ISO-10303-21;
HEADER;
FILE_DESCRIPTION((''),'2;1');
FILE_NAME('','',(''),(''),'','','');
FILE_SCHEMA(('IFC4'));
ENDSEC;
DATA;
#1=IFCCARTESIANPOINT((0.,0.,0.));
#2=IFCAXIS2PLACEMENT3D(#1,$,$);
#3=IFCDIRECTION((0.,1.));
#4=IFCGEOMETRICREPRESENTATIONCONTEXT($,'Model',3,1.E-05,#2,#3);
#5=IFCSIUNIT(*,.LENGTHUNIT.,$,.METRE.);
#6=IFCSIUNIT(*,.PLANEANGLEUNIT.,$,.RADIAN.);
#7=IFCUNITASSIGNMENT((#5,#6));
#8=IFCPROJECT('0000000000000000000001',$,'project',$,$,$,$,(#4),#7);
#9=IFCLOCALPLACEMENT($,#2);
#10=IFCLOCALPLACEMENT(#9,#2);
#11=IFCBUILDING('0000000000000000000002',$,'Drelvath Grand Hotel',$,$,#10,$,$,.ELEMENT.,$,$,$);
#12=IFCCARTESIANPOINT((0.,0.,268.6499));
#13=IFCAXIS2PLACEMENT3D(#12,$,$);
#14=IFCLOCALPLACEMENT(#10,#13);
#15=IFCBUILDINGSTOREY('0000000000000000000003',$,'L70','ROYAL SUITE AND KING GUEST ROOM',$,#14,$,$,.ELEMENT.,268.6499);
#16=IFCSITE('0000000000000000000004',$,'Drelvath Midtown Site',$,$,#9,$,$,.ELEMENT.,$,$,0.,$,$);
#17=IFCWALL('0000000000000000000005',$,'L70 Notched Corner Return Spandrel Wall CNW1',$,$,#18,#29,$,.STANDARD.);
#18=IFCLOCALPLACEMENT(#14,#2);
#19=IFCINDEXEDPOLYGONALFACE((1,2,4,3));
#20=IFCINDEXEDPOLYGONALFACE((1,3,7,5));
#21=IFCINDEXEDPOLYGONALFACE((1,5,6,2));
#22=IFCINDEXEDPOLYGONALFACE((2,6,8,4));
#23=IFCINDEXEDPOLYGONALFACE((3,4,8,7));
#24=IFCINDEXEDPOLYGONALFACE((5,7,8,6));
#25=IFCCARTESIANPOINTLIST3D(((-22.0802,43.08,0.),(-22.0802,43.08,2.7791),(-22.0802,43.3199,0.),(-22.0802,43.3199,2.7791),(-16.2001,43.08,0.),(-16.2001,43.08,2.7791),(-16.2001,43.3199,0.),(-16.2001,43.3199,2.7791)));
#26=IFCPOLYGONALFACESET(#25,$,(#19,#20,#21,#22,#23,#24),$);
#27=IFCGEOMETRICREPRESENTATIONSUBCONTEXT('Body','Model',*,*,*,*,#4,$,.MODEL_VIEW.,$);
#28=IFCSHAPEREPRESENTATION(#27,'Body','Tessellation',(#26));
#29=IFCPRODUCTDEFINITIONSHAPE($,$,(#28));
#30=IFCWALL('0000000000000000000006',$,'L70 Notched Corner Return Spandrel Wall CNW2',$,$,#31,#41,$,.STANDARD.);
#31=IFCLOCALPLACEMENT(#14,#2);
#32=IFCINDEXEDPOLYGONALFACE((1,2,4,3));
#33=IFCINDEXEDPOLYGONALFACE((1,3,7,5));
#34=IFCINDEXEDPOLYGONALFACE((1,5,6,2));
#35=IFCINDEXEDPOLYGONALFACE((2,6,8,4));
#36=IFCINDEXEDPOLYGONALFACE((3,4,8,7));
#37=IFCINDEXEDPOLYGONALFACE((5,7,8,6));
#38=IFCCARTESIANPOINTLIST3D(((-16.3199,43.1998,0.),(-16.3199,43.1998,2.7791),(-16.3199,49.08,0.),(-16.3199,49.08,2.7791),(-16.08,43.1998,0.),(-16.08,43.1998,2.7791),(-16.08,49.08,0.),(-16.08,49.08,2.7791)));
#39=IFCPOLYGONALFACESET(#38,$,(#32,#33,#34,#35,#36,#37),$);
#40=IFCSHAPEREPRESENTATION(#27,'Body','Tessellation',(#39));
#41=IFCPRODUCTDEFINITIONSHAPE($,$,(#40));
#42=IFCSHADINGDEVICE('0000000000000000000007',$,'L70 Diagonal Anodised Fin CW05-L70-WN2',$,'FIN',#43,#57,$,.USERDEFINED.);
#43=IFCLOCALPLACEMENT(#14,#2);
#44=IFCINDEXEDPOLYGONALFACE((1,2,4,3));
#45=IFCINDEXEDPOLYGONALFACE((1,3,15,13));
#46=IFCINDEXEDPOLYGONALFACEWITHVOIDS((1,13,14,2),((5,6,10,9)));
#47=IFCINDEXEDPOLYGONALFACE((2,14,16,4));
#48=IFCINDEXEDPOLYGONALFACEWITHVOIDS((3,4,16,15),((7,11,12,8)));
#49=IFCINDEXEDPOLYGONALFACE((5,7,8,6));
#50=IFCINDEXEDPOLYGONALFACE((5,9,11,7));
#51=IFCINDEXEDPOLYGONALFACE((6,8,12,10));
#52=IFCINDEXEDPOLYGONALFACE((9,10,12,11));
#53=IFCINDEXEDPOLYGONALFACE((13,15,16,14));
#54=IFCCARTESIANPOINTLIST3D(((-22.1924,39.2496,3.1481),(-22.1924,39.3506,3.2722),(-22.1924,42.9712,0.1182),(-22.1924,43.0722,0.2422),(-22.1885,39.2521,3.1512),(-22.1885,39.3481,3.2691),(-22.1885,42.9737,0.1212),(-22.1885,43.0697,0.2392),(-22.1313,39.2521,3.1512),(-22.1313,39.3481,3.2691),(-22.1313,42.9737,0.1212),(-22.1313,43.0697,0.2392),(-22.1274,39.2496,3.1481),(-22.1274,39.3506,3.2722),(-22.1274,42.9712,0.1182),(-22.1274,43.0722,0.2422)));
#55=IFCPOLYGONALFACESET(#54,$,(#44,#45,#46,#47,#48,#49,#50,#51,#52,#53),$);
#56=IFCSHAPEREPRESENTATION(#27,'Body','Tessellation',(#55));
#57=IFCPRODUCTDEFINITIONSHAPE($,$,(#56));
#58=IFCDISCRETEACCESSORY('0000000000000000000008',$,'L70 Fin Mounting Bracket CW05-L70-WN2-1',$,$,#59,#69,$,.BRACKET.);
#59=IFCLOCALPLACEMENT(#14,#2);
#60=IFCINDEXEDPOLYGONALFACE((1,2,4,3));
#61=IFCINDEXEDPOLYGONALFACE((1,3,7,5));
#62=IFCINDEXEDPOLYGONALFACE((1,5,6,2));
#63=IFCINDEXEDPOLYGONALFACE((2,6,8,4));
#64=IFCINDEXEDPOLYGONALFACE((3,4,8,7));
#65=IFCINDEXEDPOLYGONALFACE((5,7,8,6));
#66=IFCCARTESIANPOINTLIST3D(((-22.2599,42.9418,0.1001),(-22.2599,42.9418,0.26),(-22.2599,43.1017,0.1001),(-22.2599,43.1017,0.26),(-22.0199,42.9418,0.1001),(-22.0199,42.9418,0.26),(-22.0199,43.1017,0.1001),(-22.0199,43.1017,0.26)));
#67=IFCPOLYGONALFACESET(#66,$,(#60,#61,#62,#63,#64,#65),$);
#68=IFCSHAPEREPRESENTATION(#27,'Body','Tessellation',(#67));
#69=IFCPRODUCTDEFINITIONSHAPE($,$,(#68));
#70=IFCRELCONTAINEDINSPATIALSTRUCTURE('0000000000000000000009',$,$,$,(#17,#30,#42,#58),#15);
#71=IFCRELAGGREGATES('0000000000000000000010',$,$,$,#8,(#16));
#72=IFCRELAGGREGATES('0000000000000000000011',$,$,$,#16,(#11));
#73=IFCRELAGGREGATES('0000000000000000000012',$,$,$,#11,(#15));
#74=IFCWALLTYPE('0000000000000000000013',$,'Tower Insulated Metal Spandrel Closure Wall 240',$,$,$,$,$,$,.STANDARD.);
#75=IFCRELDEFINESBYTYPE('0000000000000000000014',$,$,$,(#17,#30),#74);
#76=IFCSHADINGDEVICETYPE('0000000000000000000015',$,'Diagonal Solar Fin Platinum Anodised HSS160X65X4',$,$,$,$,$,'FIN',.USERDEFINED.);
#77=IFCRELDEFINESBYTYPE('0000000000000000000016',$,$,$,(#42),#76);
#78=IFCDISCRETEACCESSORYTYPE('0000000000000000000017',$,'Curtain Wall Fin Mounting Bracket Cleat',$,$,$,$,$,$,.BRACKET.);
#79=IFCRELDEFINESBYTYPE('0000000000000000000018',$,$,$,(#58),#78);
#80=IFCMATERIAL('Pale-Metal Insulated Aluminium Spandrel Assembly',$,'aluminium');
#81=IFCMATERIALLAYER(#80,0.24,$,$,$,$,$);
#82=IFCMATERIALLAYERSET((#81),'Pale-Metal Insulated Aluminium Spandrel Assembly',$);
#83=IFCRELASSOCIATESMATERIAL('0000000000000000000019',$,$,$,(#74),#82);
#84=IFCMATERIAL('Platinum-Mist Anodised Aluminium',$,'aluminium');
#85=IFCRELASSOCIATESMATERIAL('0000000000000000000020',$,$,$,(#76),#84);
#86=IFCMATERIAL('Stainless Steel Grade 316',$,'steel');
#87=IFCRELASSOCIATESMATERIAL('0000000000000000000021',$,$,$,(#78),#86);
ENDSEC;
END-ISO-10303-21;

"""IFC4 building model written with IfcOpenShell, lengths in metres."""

from ifc_helpers import new_model, si_unit, direction, frame, frame_2d, origin, origin_2d, place, context, subcontext, project, spatial, rectangle, hollow_rectangle, extrude, material, layer, layer_set, material_profile, profile_set, type_object, element, save


model = new_model("IFC4")

# Units and contexts
model_context = context("Model", 3, precision=1e-05, world=origin(), true_north=direction((0.0, 1.0)))
body_context = subcontext(model_context, "Body", "Model", "MODEL_VIEW")
ifc_project = project(units=[si_unit("LENGTHUNIT", "METRE"), si_unit("PLANEANGLEUNIT", "RADIAN")], contexts=[model_context])

# Site, building, storey
site_placement = place(None, origin())
site = spatial("IfcSite", under=ifc_project, at=site_placement, Name="Drelvath Midtown Site", CompositionType="ELEMENT", RefElevation=0.0)
building_placement = place(site_placement, origin())
building = spatial("IfcBuilding", under=site, at=building_placement, Name="Drelvath Grand Hotel", CompositionType="ELEMENT")
storey_placement = place(building_placement, frame((0.0, 0.0, 268.6499)))
storey = spatial("IfcBuildingStorey", under=building, at=storey_placement, Name="L70", Description="ROYAL SUITE AND KING GUEST ROOM", CompositionType="ELEMENT", Elevation=268.6499)

# Walls
ifc_material_1 = material(Name="Pale-Metal Insulated Aluminium Spandrel Assembly", Category="aluminium")
ifc_layer_1 = layer(ifc_material_1, 0.24)
ifc_layer_set_1 = layer_set([ifc_layer_1], Name="Pale-Metal Insulated Aluminium Spandrel Assembly")
wall_type_1 = type_object("IfcWallType", Name="Tower Insulated Metal Spandrel Closure Wall 240", PredefinedType="STANDARD", material=ifc_layer_set_1)
for number, where, z_axis, x_axis, name in (
    (1, (-22.0801, 43.2, 0.0), (0.0, 0.0, 1.0), (1.0, 0.0, 0.0), "L70 Notched Corner Return Spandrel Wall CNW1"),
    (2, (-16.2, 43.2, 0.0), (0.0, 0.0, 1.0), (0.0, 1.0, 0.0), "L70 Notched Corner Return Spandrel Wall CNW2"),
):
    element("IfcWall", number, at=place(storey_placement, frame(where, z_axis=z_axis, x_axis=x_axis)), inside=storey, type_object=wall_type_1, Name=name, PredefinedType="STANDARD", context=body_context, shape_type="SweptSolid", body=[
        extrude(rectangle(XDim=5.8801, YDim=0.24, at=frame_2d((2.9399, 0.0))), origin(), (0.0, 0.0, 1.0), 2.7791),
    ])

# Shading device
ifc_material_2 = material(Name="Platinum-Mist Anodised Aluminium", Category="aluminium")
ifc_material_profile_1 = material_profile(ifc_material_2, hollow_rectangle(XDim=0.0649, YDim=0.1599, WallThickness=0.0039, at=origin_2d()), Name="HSS160X65X4")
ifc_profile_set_1 = profile_set([ifc_material_profile_1], Name="Platinum-Mist Anodised Aluminium")
shading_device_type = type_object("IfcShadingDeviceType", Name="Diagonal Solar Fin Platinum Anodised HSS160X65X4", ElementType="FIN", PredefinedType="USERDEFINED", material=ifc_profile_set_1)
shading_device_placement = place(storey_placement, frame((-22.1599, 43.0217, 0.1802), z_axis=(0.0, -0.775485, 0.631366), x_axis=(1.0, 0.0, 0.0)))
element("IfcShadingDevice", 3, at=shading_device_placement, inside=storey, type_object=shading_device_type, Name="L70 Diagonal Anodised Fin CW05-L70-WN2", ObjectType="FIN", PredefinedType="USERDEFINED", context=body_context, shape_type="SweptSolid", body=[
    extrude(hollow_rectangle(XDim=0.0649, YDim=0.1599, WallThickness=0.0039, at=origin_2d()), origin(), (0.0, 0.0, 1.0), 4.7991),
])

# Discrete accessory
ifc_material_3 = material(Name="Stainless Steel Grade 316", Category="steel")
discrete_accessory_type = type_object("IfcDiscreteAccessoryType", Name="Curtain Wall Fin Mounting Bracket Cleat", PredefinedType="BRACKET", material=ifc_material_3)
discrete_accessory_placement = place(storey_placement, frame((-22.1399, 43.0217, 0.1001), z_axis=(0.0, 0.0, 1.0), x_axis=(0.0, 1.0, 0.0)))
element("IfcDiscreteAccessory", 4, at=discrete_accessory_placement, inside=storey, type_object=discrete_accessory_type, Name="L70 Fin Mounting Bracket CW05-L70-WN2-1", PredefinedType="BRACKET", context=body_context, shape_type="SweptSolid", body=[
    extrude(rectangle(XDim=0.1599, YDim=0.24, at=origin_2d()), origin(), (0.0, 0.0, 1.0), 0.1599),
])

save(model, "model.ifc")
